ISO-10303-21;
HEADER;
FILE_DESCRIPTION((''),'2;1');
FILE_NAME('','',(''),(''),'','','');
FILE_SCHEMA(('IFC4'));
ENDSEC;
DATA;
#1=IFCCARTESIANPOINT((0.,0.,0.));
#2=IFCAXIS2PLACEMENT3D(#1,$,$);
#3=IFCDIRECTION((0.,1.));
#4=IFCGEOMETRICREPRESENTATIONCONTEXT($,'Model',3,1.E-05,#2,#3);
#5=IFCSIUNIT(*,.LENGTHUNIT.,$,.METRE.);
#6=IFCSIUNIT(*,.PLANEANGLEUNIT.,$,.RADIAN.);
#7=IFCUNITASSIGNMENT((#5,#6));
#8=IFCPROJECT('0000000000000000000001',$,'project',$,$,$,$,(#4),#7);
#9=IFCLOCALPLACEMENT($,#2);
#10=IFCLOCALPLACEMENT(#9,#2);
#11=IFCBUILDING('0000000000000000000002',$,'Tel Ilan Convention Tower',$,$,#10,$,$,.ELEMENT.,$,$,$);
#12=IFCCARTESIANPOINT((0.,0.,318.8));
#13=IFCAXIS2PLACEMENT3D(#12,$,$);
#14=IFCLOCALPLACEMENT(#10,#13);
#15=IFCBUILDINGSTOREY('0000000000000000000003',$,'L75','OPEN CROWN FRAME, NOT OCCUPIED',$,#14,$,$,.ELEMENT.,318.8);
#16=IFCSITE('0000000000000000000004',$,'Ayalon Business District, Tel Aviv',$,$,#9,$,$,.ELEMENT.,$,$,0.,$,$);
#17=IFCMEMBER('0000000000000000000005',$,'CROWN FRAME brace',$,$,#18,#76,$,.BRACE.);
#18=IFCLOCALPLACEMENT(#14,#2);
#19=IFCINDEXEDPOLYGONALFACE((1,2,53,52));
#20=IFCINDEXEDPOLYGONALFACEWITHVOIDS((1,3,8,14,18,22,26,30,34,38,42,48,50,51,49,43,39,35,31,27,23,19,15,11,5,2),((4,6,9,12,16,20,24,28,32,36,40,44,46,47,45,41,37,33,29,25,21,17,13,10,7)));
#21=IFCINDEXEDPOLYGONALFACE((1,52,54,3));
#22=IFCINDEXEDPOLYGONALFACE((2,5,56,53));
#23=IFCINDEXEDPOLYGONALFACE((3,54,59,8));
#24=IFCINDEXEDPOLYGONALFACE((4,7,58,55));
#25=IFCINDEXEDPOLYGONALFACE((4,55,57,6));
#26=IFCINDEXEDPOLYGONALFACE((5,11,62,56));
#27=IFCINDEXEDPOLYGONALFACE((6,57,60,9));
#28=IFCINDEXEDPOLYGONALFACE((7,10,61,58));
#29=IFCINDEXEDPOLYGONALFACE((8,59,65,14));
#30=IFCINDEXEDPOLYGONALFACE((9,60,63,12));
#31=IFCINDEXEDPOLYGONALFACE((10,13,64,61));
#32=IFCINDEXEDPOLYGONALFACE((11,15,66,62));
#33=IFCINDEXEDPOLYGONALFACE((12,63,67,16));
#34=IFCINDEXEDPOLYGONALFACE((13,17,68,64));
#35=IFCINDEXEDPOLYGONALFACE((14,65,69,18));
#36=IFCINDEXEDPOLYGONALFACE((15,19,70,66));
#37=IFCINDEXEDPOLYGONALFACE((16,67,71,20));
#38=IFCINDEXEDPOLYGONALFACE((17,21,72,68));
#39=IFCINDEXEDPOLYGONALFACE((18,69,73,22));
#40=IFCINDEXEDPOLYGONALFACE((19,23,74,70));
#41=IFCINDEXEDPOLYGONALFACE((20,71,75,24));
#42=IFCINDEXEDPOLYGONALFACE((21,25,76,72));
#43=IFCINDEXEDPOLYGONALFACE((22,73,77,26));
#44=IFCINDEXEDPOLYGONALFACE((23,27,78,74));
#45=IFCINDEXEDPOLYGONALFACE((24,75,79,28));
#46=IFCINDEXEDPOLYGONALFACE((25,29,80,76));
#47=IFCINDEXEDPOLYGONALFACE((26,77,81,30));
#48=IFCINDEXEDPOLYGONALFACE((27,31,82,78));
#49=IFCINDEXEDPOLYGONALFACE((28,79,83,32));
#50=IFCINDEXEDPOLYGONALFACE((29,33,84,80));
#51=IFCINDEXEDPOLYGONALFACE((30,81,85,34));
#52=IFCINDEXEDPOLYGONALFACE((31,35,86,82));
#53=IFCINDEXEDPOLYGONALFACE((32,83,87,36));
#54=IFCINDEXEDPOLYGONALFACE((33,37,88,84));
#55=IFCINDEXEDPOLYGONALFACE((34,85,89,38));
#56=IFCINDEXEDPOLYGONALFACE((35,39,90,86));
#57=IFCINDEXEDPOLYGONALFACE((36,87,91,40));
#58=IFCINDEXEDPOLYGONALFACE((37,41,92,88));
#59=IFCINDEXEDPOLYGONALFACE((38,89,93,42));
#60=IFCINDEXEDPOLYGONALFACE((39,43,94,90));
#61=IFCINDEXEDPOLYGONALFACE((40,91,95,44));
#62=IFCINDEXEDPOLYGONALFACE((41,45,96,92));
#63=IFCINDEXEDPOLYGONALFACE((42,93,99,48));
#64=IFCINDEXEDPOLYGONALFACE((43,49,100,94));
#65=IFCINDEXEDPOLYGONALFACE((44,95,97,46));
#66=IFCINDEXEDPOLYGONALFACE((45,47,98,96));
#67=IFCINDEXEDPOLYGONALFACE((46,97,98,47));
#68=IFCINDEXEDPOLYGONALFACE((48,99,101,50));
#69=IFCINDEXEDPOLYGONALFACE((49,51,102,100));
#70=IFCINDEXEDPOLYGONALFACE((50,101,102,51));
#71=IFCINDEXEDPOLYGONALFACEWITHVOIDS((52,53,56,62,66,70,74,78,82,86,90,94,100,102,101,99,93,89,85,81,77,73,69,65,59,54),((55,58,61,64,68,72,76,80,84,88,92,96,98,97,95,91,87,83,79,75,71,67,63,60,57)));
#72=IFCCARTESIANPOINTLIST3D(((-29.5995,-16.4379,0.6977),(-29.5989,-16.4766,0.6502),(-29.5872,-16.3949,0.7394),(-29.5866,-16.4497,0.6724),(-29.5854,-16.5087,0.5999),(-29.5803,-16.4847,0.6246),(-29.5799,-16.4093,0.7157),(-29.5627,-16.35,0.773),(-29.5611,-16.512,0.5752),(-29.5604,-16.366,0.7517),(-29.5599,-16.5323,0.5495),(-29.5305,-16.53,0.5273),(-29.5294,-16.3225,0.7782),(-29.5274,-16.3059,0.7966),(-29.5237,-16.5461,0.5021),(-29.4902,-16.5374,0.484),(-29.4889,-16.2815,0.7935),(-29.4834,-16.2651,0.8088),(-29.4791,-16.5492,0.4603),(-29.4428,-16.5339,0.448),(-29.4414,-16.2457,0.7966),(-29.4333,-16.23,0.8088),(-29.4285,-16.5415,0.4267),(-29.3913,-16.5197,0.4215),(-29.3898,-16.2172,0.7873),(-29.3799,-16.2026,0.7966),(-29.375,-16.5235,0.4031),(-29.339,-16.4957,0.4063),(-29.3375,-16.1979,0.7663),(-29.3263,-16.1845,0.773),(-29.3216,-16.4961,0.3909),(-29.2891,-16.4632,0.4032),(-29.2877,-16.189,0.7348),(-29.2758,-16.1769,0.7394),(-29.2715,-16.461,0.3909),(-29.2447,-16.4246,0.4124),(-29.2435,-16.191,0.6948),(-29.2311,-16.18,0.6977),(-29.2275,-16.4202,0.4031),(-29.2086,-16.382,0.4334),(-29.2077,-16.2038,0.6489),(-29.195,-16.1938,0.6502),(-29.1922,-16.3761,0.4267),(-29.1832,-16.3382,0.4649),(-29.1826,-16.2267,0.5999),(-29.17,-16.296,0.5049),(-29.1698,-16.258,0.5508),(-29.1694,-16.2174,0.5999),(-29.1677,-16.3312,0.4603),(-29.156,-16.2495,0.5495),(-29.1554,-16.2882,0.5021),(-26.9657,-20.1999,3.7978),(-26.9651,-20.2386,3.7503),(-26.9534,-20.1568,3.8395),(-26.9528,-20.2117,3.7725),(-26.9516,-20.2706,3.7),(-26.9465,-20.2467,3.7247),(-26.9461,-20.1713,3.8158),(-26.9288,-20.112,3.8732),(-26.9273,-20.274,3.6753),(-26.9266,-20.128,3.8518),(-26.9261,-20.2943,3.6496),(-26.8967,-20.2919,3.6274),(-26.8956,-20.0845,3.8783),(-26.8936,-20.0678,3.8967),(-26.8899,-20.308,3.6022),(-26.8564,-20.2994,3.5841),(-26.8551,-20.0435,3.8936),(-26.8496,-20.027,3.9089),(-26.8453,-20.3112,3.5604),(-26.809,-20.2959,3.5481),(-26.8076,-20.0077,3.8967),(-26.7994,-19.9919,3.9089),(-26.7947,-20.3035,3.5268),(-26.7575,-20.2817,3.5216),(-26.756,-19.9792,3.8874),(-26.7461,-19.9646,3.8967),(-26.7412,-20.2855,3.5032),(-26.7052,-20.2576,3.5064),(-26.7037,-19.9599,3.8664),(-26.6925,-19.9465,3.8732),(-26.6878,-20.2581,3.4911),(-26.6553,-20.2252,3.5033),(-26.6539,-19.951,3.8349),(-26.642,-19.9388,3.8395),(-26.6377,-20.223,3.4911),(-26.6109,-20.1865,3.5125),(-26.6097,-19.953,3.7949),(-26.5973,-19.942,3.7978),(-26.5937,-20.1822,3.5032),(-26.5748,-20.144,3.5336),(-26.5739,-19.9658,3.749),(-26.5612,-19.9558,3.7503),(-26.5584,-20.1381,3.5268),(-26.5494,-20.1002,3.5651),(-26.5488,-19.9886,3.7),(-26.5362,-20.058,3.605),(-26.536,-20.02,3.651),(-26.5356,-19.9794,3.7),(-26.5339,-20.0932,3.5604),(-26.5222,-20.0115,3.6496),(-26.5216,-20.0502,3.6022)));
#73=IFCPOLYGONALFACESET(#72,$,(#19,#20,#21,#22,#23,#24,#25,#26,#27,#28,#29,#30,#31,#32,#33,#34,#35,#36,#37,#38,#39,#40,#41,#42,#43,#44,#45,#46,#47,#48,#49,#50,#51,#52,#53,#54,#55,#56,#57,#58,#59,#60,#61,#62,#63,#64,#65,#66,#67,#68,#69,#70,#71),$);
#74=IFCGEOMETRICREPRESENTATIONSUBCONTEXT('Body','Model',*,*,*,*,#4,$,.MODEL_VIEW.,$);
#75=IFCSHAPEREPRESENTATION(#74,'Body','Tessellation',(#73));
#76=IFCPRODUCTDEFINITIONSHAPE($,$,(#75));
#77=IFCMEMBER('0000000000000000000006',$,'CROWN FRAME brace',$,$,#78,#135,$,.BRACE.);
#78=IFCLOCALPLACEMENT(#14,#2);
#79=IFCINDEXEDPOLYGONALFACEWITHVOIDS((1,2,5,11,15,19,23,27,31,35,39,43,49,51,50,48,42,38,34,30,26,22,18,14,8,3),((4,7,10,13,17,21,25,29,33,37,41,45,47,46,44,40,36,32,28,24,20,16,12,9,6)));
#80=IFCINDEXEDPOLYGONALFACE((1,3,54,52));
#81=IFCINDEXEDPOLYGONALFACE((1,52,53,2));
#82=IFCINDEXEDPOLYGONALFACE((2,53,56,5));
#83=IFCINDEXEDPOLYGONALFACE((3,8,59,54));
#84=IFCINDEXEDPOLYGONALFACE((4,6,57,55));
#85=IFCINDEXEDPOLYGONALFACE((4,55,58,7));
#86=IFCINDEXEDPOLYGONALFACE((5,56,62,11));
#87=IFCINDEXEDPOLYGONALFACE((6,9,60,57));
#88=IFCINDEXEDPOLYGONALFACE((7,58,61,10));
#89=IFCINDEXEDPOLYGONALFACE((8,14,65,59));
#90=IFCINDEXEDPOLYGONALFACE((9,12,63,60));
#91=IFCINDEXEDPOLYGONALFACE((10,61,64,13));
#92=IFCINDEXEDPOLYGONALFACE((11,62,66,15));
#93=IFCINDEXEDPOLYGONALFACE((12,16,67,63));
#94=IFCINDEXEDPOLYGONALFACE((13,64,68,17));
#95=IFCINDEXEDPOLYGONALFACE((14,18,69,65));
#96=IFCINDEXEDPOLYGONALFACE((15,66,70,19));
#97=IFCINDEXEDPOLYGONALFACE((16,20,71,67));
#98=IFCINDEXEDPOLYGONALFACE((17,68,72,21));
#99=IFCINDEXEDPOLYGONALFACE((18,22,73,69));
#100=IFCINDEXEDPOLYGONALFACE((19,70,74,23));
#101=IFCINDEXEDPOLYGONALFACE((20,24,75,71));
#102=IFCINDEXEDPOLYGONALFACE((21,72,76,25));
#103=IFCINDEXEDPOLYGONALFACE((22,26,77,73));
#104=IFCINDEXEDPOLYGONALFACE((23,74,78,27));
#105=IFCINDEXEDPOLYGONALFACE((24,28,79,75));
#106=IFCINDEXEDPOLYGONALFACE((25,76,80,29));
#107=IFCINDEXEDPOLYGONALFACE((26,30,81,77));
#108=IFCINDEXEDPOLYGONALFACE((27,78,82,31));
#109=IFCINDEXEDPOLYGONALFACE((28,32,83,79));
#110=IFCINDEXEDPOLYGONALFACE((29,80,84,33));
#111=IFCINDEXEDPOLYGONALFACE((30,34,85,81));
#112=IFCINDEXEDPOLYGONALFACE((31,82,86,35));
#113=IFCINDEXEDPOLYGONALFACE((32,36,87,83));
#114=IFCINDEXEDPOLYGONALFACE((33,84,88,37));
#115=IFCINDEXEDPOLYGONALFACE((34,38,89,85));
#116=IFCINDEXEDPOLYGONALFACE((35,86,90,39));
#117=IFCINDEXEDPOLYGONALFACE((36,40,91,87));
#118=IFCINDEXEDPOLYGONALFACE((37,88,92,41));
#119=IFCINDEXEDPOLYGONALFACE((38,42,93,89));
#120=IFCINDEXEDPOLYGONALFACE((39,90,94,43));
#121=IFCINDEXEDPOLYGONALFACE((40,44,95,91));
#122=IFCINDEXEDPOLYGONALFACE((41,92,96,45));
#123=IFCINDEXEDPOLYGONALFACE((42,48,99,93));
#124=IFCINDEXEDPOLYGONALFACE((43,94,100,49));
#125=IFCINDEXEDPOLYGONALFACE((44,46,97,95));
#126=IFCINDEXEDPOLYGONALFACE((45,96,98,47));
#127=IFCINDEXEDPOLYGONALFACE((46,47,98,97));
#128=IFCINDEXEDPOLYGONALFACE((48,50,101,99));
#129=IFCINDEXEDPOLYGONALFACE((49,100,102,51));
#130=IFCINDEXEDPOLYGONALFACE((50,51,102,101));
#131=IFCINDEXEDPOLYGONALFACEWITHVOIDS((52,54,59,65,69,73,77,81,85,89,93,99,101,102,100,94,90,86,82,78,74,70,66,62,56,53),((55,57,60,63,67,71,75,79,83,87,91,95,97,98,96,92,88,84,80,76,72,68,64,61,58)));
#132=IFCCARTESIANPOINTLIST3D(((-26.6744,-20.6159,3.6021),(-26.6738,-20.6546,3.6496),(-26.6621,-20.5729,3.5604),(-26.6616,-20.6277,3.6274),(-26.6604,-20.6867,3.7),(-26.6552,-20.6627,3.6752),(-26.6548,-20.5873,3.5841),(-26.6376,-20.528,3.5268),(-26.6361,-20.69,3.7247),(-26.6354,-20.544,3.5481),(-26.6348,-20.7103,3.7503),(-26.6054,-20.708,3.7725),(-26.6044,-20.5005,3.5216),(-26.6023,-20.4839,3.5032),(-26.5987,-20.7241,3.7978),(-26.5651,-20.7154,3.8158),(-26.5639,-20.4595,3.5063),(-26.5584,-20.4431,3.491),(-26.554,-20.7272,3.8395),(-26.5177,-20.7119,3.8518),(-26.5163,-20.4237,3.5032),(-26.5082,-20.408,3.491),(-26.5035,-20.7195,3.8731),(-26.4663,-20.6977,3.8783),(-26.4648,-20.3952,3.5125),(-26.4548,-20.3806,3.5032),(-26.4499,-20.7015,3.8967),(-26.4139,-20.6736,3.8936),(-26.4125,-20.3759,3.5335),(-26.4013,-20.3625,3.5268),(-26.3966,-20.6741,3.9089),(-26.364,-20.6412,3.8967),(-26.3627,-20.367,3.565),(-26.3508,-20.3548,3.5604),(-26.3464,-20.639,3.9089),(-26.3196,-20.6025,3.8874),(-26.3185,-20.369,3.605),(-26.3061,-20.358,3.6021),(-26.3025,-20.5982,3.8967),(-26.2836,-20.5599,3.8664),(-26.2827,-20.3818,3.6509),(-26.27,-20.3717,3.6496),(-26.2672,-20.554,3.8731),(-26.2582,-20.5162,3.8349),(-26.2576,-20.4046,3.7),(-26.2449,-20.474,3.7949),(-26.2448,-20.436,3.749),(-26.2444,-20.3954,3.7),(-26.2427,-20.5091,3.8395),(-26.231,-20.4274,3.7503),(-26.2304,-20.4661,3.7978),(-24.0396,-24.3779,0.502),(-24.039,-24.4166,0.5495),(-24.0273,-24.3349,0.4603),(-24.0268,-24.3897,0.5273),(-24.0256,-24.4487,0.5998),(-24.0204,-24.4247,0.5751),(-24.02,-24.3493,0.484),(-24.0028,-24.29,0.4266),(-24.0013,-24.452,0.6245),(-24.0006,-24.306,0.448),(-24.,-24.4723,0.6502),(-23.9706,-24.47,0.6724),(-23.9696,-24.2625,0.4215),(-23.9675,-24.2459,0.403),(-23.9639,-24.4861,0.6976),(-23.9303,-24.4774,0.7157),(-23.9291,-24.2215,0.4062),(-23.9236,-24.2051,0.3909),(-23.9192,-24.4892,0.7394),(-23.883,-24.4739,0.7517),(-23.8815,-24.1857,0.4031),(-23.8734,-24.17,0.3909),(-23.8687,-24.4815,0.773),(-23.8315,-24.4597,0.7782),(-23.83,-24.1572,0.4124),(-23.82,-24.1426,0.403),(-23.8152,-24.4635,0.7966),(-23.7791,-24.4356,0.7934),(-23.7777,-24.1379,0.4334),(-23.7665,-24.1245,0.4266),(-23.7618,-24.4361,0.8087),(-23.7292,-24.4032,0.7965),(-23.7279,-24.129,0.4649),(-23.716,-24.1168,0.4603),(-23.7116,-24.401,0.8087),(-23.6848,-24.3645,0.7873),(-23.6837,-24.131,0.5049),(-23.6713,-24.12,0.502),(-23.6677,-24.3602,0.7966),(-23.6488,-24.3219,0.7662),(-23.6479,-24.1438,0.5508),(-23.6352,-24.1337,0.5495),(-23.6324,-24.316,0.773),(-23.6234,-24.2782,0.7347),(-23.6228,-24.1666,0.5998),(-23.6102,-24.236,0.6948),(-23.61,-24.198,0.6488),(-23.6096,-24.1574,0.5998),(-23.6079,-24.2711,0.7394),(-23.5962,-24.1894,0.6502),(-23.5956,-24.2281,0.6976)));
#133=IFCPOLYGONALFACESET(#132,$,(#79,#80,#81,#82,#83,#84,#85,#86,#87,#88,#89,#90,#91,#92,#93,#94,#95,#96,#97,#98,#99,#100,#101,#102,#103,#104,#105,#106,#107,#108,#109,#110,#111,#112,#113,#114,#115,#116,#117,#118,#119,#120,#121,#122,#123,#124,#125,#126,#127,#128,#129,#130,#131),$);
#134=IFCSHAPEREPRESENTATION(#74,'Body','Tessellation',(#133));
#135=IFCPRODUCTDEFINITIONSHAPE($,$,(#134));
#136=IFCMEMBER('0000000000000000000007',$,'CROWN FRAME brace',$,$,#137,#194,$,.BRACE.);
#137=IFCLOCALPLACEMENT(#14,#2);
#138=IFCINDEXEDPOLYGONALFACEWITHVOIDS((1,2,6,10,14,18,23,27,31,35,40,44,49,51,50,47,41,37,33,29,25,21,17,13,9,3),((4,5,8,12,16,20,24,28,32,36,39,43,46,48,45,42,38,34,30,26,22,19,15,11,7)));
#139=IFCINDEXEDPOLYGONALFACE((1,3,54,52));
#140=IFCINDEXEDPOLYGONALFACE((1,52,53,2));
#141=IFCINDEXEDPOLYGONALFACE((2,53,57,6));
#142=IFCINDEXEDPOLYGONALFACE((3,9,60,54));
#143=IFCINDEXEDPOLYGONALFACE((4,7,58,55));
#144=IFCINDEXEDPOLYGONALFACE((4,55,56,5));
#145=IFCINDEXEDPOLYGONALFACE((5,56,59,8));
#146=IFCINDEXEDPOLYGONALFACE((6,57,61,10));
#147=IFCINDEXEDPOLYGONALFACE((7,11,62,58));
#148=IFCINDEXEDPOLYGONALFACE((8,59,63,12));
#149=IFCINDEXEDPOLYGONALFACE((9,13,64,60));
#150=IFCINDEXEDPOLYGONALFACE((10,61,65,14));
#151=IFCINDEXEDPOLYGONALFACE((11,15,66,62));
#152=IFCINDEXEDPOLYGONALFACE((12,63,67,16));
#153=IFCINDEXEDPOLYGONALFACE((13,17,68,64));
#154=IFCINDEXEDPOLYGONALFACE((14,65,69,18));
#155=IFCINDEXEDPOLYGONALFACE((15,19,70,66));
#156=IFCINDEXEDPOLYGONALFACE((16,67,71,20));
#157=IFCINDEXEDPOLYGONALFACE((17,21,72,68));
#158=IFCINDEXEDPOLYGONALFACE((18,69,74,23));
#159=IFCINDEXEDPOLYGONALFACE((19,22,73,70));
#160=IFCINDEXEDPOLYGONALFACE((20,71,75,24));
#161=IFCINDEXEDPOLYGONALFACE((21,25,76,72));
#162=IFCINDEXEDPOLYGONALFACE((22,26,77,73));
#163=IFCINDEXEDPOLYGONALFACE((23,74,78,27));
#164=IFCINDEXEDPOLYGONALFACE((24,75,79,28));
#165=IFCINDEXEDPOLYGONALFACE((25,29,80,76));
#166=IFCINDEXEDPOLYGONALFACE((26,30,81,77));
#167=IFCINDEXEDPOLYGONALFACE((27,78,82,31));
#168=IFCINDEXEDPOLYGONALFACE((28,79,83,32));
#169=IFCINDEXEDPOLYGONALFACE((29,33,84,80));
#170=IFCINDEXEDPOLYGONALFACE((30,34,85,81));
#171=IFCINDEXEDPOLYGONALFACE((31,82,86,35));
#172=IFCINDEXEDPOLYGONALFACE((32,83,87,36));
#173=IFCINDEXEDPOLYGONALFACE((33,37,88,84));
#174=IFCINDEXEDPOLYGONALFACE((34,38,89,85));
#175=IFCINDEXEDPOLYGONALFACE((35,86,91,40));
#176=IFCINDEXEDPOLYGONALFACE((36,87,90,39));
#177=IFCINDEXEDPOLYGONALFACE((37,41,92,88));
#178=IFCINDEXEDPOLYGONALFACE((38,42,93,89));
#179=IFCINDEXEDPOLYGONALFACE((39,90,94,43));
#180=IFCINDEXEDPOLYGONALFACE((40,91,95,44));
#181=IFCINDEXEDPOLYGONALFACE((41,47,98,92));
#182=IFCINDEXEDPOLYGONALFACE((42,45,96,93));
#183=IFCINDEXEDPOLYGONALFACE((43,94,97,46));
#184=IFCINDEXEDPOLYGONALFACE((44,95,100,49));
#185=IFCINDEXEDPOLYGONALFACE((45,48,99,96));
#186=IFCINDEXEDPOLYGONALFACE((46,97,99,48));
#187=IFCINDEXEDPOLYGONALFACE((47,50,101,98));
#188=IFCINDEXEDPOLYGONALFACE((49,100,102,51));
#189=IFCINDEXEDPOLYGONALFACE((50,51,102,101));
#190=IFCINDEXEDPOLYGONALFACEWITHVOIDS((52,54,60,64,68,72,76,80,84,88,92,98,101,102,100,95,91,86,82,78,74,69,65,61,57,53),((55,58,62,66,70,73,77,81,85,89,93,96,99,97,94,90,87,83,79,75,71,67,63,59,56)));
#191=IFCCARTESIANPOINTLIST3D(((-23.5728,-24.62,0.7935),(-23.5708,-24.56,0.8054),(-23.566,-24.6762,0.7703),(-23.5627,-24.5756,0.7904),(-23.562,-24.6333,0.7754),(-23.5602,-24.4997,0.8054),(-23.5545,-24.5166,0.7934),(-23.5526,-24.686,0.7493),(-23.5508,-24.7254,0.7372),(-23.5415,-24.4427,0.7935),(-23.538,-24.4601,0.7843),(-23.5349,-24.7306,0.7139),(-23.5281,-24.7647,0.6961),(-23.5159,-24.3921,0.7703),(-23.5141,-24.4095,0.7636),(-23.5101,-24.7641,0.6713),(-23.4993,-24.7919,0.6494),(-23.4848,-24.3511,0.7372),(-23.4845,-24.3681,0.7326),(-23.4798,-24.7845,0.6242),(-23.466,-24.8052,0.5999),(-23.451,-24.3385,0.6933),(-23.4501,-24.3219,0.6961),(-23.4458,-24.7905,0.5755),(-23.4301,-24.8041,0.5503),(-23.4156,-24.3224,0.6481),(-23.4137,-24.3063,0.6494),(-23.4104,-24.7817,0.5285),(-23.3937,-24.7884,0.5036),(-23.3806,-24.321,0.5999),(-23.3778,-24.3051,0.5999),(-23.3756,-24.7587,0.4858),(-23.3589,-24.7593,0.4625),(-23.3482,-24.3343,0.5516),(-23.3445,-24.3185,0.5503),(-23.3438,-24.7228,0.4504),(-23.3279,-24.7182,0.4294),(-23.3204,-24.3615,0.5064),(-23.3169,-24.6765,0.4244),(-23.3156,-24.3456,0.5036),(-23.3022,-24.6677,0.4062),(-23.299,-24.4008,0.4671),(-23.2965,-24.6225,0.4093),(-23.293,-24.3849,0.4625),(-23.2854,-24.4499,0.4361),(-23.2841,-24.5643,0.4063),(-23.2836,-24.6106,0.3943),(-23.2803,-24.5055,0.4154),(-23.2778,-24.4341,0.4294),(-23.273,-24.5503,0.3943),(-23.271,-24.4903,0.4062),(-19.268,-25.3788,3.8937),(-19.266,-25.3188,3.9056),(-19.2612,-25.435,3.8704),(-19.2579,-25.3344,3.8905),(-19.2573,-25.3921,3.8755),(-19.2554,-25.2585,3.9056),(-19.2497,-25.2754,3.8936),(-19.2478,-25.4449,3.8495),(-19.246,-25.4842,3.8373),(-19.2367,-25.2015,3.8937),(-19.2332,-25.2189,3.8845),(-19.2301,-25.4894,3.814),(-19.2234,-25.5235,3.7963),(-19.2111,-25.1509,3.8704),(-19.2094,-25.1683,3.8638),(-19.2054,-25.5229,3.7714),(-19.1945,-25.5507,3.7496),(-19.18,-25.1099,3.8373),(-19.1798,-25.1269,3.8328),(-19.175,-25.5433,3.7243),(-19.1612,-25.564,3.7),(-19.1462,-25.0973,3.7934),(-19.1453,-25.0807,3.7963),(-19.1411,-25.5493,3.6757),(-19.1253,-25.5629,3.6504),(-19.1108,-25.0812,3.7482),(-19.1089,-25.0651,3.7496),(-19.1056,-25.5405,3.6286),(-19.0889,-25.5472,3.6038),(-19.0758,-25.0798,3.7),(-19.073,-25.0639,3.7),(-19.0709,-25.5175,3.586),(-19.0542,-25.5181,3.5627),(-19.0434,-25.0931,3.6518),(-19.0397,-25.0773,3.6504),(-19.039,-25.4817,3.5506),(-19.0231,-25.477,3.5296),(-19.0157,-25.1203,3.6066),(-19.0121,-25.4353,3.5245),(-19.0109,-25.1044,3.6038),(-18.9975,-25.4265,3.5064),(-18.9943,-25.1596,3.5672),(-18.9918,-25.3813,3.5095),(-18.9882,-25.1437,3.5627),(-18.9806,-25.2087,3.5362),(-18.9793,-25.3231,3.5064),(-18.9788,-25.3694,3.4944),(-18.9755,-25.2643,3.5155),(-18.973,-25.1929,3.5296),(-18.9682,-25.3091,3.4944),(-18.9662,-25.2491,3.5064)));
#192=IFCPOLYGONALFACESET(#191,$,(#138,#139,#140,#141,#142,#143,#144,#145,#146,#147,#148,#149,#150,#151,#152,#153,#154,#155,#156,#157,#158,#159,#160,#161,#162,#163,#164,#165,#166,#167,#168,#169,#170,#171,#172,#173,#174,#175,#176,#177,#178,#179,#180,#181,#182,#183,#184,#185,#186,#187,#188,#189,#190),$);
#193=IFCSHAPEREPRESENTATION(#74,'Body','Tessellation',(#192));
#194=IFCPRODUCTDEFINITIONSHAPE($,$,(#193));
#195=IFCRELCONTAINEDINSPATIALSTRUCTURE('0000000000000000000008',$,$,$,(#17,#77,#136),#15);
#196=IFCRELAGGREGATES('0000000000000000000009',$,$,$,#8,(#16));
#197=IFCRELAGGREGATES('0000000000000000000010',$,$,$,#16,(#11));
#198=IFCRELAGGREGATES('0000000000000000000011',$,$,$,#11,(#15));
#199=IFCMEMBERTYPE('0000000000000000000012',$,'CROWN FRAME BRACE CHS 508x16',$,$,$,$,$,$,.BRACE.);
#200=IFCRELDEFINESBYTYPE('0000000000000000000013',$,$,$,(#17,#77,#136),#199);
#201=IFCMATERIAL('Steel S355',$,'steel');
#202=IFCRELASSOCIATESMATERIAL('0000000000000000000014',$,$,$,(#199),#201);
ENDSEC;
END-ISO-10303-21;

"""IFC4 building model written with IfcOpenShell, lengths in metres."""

from ifc_helpers import new_model, si_unit, direction, frame, origin, origin_2d, place, context, subcontext, project, spatial, hollow_circle, extrude, material, material_profile, profile_set, type_object, element, save


model = new_model("IFC4")

# Units and contexts
model_context = context("Model", 3, precision=1e-05, world=origin(), true_north=direction((0.0, 1.0)))
body_context = subcontext(model_context, "Body", "Model", "MODEL_VIEW")
ifc_project = project(units=[si_unit("LENGTHUNIT", "METRE"), si_unit("PLANEANGLEUNIT", "RADIAN")], contexts=[model_context])

# Site, building, storey
site_placement = place(None, origin())
site = spatial("IfcSite", under=ifc_project, at=site_placement, Name="Ayalon Business District, Tel Aviv", CompositionType="ELEMENT", RefElevation=0.0)
building_placement = place(site_placement, origin())
building = spatial("IfcBuilding", under=site, at=building_placement, Name="Tel Ilan Convention Tower", CompositionType="ELEMENT")
storey_placement = place(building_placement, frame((0.0, 0.0, 318.8)))
storey = spatial("IfcBuildingStorey", under=building, at=storey_placement, Name="L75", Description="OPEN CROWN FRAME, NOT OCCUPIED", CompositionType="ELEMENT", Elevation=318.8)

# Members
ifc_material_1 = material(Name="Steel S355", Category="steel")
ifc_material_profile_1 = material_profile(ifc_material_1, hollow_circle(Radius=0.2539, WallThickness=0.0161, at=origin_2d()), Name="CHS 508x16")
ifc_profile_set_1 = profile_set([ifc_material_profile_1], Name="Steel S355")
member_type = type_object("IfcMemberType", Name="CROWN FRAME BRACE CHS 508x16", PredefinedType="BRACE", material=ifc_profile_set_1)
member_1_placement = place(storey_placement, frame((-29.3774, -16.363, 0.5999), z_axis=(0.47535, -0.678964, 0.55951), x_axis=(0.819189, 0.573523, 0.0)))
element("IfcMember", 1, at=member_1_placement, inside=storey, type_object=member_type, Name="CROWN FRAME brace", PredefinedType="BRACE", context=body_context, shape_type="SweptSolid", body=[
    extrude(hollow_circle(Radius=0.2539, WallThickness=0.0161, at=origin_2d()), origin(), (0.0, 0.0, 1.0), 5.5408),
])
member_2_placement = place(storey_placement, frame((-26.4524, -20.541, 3.7), z_axis=(0.475486, -0.678907, -0.559463), x_axis=(0.81909, 0.573666, 0.0)))
element("IfcMember", 2, at=member_2_placement, inside=storey, type_object=member_type, Name="CROWN FRAME brace", PredefinedType="BRACE", context=body_context, shape_type="SweptSolid", body=[
    extrude(hollow_circle(Radius=0.2539, WallThickness=0.0161, at=origin_2d()), origin(), (0.0, 0.0, 1.0), 5.5413),
])
member_3_placement = place(storey_placement, frame((-23.4219, -24.5552, 0.5999), z_axis=(0.803294, -0.141597, 0.578506), x_axis=(0.173594, 0.984817, 0.0)))
element("IfcMember", 3, at=member_3_placement, inside=storey, type_object=member_type, Name="CROWN FRAME brace", PredefinedType="BRACE", context=body_context, shape_type="SweptSolid", body=[
    extrude(hollow_circle(Radius=0.2539, WallThickness=0.0161, at=origin_2d()), origin(), (0.0, 0.0, 1.0), 5.3589),
])

save(model, "model.ifc")
